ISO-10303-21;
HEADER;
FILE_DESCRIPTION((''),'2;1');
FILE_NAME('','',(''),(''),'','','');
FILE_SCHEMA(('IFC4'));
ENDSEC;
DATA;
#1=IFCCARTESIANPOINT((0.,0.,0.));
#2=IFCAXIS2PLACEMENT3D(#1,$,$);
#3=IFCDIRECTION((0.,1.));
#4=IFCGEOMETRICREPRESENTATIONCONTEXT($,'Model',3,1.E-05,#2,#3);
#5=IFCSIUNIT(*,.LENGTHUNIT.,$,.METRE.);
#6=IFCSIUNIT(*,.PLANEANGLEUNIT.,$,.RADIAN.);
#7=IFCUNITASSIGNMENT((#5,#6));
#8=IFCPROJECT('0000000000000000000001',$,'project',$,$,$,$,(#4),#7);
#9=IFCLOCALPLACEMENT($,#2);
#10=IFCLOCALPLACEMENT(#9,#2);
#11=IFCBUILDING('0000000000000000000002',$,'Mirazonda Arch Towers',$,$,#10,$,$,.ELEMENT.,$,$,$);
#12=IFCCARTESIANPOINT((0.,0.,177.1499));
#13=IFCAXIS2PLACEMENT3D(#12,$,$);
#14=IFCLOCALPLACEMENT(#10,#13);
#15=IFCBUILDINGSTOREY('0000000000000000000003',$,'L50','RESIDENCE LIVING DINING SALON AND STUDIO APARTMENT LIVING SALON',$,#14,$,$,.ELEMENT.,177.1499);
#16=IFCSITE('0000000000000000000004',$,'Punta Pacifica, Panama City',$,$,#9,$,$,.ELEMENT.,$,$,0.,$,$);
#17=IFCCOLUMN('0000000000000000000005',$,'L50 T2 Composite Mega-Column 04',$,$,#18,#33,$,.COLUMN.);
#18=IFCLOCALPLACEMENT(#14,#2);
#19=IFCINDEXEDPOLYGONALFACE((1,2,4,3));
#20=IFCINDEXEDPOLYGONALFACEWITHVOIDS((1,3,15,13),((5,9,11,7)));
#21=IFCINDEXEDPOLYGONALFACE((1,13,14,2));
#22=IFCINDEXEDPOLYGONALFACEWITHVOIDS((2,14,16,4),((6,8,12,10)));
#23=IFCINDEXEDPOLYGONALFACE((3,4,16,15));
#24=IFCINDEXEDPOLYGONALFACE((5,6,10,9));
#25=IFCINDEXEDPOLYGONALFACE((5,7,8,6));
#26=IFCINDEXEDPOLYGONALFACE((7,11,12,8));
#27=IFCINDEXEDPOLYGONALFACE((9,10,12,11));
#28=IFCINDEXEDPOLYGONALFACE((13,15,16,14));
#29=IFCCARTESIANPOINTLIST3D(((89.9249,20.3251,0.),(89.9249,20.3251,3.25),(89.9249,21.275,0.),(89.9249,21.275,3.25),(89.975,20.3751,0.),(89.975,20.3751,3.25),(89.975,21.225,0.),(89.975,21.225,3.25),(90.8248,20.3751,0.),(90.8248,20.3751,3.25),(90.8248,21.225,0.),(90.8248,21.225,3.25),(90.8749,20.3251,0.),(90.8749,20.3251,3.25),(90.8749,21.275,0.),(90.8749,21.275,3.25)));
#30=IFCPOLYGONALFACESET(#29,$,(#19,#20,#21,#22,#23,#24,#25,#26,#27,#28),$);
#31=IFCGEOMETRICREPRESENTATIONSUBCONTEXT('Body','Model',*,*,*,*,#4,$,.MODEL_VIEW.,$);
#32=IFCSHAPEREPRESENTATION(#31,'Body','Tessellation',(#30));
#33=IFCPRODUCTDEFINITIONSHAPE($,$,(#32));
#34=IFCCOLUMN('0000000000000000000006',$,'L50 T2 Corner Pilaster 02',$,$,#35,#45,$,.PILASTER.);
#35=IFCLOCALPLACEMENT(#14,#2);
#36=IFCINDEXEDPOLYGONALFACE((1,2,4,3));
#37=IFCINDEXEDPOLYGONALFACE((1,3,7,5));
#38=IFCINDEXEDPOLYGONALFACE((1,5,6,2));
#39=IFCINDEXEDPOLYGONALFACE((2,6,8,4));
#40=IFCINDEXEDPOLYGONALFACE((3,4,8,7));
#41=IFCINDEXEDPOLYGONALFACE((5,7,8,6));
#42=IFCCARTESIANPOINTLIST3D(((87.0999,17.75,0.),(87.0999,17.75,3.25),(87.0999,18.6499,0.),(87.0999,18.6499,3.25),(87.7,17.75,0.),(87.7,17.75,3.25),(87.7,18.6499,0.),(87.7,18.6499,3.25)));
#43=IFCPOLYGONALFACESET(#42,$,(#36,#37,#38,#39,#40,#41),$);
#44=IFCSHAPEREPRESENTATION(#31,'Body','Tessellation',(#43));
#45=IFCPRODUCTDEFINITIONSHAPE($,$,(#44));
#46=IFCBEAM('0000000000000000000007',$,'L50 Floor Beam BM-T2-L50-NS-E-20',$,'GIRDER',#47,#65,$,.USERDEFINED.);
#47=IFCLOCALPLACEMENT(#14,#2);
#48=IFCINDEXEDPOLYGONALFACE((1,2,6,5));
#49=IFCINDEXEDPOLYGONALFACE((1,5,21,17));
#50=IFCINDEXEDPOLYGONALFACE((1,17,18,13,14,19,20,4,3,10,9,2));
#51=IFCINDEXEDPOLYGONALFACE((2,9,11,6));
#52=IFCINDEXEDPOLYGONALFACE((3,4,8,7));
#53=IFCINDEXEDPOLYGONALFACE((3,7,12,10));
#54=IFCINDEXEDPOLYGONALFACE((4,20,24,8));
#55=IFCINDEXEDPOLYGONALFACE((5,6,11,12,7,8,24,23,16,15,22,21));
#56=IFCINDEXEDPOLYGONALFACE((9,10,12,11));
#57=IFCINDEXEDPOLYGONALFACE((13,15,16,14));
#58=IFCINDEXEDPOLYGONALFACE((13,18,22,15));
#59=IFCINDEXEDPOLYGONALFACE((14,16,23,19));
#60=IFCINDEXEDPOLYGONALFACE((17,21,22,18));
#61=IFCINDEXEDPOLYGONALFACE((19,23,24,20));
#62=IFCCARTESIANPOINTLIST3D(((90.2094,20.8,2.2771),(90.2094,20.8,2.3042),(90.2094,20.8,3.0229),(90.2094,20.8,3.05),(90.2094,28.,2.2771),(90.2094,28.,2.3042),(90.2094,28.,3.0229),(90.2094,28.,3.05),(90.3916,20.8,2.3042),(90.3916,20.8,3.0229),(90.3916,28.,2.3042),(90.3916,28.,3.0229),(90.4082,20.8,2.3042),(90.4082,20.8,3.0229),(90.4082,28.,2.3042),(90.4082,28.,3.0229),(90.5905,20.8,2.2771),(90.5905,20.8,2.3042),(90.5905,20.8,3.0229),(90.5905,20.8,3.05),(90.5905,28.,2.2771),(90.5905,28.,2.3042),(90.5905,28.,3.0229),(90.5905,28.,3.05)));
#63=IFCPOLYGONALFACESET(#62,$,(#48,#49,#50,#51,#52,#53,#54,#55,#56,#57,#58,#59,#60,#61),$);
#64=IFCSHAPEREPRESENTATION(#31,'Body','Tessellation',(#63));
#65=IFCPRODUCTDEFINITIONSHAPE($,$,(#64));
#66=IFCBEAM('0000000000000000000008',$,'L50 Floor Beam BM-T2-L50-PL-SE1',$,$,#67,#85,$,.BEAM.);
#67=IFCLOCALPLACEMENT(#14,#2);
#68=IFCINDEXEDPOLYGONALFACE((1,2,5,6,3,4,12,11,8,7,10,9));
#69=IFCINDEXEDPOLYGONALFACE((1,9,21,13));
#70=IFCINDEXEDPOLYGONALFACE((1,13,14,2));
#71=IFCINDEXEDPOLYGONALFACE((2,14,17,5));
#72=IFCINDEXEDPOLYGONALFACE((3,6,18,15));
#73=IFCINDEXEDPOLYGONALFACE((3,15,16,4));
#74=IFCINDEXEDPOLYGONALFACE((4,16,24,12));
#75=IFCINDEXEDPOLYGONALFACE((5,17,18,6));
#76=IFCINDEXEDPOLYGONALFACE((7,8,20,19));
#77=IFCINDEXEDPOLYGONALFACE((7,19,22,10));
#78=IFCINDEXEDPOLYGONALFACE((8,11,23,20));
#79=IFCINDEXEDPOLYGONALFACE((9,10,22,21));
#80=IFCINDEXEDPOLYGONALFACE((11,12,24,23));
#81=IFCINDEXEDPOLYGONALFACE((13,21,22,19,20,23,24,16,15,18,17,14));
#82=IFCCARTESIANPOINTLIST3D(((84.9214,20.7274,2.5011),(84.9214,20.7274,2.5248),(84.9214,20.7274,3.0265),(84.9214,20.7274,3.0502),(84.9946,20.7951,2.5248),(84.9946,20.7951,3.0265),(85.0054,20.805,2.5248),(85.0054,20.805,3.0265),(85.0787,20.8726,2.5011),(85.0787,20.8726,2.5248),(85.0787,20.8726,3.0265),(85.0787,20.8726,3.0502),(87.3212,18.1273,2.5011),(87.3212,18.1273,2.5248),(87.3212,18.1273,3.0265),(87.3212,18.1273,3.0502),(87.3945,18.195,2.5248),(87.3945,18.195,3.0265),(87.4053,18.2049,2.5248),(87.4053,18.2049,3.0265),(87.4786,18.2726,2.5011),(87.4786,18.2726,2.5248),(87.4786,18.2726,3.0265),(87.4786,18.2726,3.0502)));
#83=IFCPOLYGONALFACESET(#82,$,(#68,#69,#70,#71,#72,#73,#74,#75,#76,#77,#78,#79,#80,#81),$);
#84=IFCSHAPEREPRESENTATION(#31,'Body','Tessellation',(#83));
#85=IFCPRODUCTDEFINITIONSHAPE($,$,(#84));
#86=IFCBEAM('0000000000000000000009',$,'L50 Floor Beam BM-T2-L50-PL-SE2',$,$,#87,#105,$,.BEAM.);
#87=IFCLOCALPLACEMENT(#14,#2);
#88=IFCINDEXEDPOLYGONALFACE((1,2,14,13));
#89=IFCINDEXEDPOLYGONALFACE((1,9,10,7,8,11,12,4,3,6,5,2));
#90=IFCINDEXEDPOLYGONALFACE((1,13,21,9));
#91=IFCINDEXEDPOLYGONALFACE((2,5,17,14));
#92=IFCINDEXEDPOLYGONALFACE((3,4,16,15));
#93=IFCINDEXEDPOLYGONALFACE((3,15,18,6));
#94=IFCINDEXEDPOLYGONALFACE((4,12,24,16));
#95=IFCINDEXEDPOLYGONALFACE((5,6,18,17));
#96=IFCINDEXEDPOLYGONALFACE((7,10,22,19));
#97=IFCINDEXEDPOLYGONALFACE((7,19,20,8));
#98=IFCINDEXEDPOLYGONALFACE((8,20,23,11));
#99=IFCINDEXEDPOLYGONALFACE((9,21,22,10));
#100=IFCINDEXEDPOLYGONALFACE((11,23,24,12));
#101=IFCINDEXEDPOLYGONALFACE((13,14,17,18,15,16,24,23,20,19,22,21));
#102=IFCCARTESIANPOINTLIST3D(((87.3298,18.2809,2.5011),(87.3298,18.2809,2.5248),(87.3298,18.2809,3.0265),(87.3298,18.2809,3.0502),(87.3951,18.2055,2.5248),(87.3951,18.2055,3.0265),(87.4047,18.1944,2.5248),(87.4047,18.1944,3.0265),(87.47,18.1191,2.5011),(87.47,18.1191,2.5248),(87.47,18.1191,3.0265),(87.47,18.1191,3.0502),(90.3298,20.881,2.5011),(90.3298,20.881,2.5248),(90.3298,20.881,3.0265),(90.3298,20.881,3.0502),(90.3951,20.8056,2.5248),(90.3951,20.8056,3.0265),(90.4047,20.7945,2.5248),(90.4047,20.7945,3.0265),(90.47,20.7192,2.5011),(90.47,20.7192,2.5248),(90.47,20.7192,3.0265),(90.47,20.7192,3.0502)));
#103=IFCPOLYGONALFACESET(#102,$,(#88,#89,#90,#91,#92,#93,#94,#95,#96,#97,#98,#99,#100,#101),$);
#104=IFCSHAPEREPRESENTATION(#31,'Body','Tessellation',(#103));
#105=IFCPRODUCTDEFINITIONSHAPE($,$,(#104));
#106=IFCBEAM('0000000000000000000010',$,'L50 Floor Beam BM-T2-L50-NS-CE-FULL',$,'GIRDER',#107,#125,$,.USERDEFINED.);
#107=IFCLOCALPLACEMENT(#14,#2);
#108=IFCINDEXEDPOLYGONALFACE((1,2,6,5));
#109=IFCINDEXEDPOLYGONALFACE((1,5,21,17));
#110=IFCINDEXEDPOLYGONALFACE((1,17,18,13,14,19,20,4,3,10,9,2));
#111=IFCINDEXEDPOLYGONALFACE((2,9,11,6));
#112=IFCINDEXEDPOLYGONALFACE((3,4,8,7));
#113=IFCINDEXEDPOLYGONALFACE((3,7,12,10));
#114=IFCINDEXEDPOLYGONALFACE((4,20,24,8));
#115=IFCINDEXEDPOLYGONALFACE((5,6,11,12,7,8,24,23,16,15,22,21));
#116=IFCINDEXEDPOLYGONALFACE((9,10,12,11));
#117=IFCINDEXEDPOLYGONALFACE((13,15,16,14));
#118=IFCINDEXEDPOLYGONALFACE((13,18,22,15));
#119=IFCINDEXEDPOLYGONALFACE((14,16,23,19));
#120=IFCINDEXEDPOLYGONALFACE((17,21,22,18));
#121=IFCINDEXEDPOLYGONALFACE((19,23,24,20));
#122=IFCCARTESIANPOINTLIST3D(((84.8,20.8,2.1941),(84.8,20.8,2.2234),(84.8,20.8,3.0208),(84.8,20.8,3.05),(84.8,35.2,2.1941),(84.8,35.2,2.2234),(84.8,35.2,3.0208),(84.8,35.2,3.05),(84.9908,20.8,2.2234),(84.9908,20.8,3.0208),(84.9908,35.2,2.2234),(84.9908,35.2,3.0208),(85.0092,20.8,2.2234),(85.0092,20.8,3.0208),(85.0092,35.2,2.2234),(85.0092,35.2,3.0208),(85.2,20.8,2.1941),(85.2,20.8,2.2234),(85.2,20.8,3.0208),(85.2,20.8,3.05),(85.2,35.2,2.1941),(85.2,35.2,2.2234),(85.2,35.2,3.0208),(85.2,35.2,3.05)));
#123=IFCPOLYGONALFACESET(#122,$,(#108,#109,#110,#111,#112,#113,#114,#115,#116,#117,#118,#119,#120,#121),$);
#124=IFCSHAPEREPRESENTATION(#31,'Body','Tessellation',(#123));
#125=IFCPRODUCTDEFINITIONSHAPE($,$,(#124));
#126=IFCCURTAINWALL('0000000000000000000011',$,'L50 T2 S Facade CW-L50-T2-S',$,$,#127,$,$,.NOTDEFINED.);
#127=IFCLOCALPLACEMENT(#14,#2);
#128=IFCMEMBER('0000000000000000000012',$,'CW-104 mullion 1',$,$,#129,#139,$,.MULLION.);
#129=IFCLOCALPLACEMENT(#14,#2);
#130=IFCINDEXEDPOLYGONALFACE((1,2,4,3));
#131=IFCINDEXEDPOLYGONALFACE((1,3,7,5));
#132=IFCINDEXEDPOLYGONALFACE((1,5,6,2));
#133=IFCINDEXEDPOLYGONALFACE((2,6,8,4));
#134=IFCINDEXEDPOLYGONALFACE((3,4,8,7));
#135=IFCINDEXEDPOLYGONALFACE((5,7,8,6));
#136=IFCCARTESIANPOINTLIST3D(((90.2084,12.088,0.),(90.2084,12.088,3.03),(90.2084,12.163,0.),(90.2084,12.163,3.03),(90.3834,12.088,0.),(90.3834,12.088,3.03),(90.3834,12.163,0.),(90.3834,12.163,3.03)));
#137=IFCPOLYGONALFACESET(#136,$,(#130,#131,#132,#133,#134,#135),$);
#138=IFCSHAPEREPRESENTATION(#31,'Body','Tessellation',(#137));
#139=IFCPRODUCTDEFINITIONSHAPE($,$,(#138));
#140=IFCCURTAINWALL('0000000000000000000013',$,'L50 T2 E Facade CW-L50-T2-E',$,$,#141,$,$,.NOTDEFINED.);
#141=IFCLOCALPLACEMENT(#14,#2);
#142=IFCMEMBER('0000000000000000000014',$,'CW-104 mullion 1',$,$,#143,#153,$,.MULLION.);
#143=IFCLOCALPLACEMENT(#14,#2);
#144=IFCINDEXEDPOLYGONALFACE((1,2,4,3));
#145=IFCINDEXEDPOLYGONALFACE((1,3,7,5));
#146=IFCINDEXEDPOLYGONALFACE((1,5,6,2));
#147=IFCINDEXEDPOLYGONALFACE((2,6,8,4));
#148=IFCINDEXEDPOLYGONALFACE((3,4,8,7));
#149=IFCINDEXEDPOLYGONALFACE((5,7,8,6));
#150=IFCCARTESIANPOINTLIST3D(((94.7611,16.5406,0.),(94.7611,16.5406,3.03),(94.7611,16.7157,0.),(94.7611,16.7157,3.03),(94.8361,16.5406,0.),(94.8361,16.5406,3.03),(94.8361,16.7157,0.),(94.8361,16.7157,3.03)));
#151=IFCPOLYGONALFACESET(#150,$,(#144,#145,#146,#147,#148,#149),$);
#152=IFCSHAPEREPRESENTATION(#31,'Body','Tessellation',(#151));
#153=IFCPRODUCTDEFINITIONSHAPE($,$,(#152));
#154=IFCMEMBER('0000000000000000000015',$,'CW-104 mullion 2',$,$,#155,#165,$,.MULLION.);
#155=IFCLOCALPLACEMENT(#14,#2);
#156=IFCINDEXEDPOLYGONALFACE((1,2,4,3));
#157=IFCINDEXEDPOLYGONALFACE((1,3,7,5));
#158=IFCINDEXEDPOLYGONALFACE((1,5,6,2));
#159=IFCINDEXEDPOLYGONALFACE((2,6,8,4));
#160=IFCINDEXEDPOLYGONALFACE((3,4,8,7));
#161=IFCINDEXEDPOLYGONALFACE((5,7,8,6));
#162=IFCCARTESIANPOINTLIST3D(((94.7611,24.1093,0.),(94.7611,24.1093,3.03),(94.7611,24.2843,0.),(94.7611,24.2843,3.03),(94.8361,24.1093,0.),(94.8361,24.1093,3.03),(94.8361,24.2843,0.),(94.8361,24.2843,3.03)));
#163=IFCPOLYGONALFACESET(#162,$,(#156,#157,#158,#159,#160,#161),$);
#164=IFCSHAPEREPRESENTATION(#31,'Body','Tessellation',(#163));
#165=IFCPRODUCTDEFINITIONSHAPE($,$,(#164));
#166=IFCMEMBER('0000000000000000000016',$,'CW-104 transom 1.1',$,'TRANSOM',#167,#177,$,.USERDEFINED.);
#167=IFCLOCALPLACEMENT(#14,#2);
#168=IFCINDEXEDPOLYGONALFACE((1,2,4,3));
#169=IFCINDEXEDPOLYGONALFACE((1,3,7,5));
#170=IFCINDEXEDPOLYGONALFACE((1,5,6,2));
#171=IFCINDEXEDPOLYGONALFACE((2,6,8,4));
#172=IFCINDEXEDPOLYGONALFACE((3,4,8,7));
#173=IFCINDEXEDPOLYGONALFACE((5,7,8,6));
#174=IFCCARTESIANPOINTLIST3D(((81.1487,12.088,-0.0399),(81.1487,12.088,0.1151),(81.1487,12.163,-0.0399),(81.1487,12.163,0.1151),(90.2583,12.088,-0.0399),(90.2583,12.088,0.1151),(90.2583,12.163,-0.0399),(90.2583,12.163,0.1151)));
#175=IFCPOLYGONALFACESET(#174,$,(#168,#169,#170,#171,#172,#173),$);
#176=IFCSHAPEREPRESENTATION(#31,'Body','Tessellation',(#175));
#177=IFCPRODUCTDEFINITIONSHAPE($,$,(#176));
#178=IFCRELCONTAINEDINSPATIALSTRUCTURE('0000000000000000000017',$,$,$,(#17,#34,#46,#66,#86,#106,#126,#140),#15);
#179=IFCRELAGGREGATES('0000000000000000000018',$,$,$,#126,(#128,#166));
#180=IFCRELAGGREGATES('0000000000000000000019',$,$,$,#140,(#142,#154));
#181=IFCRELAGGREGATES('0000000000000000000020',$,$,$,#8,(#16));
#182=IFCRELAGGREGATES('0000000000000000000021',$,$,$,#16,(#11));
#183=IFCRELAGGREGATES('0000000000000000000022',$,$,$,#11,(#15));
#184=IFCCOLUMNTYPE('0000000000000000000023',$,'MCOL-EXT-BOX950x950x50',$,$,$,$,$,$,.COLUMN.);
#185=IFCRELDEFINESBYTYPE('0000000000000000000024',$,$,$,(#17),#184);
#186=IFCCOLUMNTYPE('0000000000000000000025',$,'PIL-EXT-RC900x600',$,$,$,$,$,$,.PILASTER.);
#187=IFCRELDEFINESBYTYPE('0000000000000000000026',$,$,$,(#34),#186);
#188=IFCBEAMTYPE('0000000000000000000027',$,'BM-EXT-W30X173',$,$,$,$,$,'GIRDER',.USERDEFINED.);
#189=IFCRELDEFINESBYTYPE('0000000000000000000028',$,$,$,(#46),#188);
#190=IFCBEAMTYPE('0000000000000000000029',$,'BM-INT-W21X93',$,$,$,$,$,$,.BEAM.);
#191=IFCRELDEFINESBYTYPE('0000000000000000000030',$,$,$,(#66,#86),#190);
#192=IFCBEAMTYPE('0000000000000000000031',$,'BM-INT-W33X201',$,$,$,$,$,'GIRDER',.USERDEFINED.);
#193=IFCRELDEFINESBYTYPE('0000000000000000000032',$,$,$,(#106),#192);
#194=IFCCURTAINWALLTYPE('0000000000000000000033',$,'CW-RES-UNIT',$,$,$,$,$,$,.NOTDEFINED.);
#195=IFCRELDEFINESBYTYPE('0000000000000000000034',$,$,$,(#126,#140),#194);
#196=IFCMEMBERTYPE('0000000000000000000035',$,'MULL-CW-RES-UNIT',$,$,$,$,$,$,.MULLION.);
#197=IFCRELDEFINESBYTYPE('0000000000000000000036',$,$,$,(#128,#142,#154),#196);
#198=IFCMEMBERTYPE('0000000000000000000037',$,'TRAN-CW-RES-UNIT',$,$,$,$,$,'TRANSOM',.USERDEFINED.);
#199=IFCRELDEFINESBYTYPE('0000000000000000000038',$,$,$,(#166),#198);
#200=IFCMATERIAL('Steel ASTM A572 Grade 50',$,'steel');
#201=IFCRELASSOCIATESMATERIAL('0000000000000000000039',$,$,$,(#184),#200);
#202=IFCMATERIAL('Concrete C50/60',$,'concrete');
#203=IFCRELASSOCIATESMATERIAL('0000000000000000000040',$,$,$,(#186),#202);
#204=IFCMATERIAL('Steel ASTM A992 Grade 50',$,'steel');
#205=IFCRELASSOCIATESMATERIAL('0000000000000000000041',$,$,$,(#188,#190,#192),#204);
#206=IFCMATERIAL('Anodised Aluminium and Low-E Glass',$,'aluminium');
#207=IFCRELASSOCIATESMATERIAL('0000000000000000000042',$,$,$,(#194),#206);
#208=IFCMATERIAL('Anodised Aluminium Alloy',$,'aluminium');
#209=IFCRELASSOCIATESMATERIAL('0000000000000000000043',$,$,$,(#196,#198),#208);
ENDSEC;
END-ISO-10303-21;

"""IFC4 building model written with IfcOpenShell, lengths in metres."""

from ifc_helpers import new_model, si_unit, direction, frame, origin, origin_2d, place, context, subcontext, project, spatial, rectangle, hollow_rectangle, i_section, extrude, material, material_profile, profile_set, type_object, element, aggregate, save


model = new_model("IFC4")

# Units and contexts
model_context = context("Model", 3, precision=1e-05, world=origin(), true_north=direction((0.0, 1.0)))
body_context = subcontext(model_context, "Body", "Model", "MODEL_VIEW")
ifc_project = project(units=[si_unit("LENGTHUNIT", "METRE"), si_unit("PLANEANGLEUNIT", "RADIAN")], contexts=[model_context])

# Site, building, storey
site_placement = place(None, origin())
site = spatial("IfcSite", under=ifc_project, at=site_placement, Name="Punta Pacifica, Panama City", CompositionType="ELEMENT", RefElevation=0.0)
building_placement = place(site_placement, origin())
building = spatial("IfcBuilding", under=site, at=building_placement, Name="Mirazonda Arch Towers", CompositionType="ELEMENT")
storey_placement = place(building_placement, frame((0.0, 0.0, 177.1499)))
storey = spatial("IfcBuildingStorey", under=building, at=storey_placement, Name="L50", Description="RESIDENCE LIVING DINING SALON AND STUDIO APARTMENT LIVING SALON", CompositionType="ELEMENT", Elevation=177.1499)

# Columns
ifc_material_1 = material(Name="Steel ASTM A572 Grade 50", Category="steel")
ifc_material_profile_1 = material_profile(ifc_material_1, hollow_rectangle(XDim=0.95, YDim=0.95, WallThickness=0.05, at=origin_2d()), Name="BOX950x950x50")
ifc_profile_set_1 = profile_set([ifc_material_profile_1], Name="Steel ASTM A572 Grade 50")
column_type_1 = type_object("IfcColumnType", Name="MCOL-EXT-BOX950x950x50", PredefinedType="COLUMN", material=ifc_profile_set_1)
column_1_placement = place(storey_placement, frame((90.3999, 20.8, 0.0), z_axis=(0.0, 0.0, 1.0), x_axis=(1.0, 0.0, 0.0)))
element("IfcColumn", 1, at=column_1_placement, inside=storey, type_object=column_type_1, Name="L50 T2 Composite Mega-Column 04", PredefinedType="COLUMN", context=body_context, shape_type="SweptSolid", body=[
    extrude(hollow_rectangle(XDim=0.95, YDim=0.95, WallThickness=0.05, at=origin_2d()), origin(), (0.0, 0.0, 1.0), 3.25),
])
ifc_material_2 = material(Name="Concrete C50/60", Category="concrete")
ifc_material_profile_2 = material_profile(ifc_material_2, rectangle(XDim=0.6001, YDim=0.8999, at=origin_2d()), Name="RC900x600")
ifc_profile_set_2 = profile_set([ifc_material_profile_2], Name="Concrete C50/60")
column_type_2 = type_object("IfcColumnType", Name="PIL-EXT-RC900x600", PredefinedType="PILASTER", material=ifc_profile_set_2)
column_2_placement = place(storey_placement, frame((87.3999, 18.2, 0.0), z_axis=(0.0, 0.0, 1.0), x_axis=(1.0, 0.0, 0.0)))
element("IfcColumn", 2, at=column_2_placement, inside=storey, type_object=column_type_2, Name="L50 T2 Corner Pilaster 02", PredefinedType="PILASTER", context=body_context, shape_type="SweptSolid", body=[
    extrude(rectangle(XDim=0.6001, YDim=0.8999, at=origin_2d()), origin(), (0.0, 0.0, 1.0), 3.25),
])

# Beams
ifc_material_3 = material(Name="Steel ASTM A992 Grade 50", Category="steel")
ifc_material_profile_3 = material_profile(ifc_material_3, i_section(OverallWidth=0.3811, OverallDepth=0.7729, WebThickness=0.0166, FlangeThickness=0.0271, at=origin_2d()), Name="W30X173")
ifc_profile_set_3 = profile_set([ifc_material_profile_3], Name="Steel ASTM A992 Grade 50")
beam_type_1 = type_object("IfcBeamType", Name="BM-EXT-W30X173", ElementType="GIRDER", PredefinedType="USERDEFINED", material=ifc_profile_set_3)
beam_1_placement = place(storey_placement, frame((90.3999, 20.8, 2.6636), z_axis=(0.0, 1.0, 0.0), x_axis=(-1.0, 0.0, 0.0)))
element("IfcBeam", 3, at=beam_1_placement, inside=storey, type_object=beam_type_1, Name="L50 Floor Beam BM-T2-L50-NS-E-20", ObjectType="GIRDER", PredefinedType="USERDEFINED", context=body_context, shape_type="SweptSolid", body=[
    extrude(i_section(OverallWidth=0.3811, OverallDepth=0.7729, WebThickness=0.0166, FlangeThickness=0.0271, at=origin_2d()), origin(), (0.0, 0.0, 1.0), 7.2),
])
ifc_material_profile_4 = material_profile(ifc_material_3, i_section(OverallWidth=0.2141, OverallDepth=0.5491, WebThickness=0.0146, FlangeThickness=0.0237, at=origin_2d()), Name="W21X93")
ifc_profile_set_4 = profile_set([ifc_material_profile_4], Name="Steel ASTM A992 Grade 50")
beam_type_2 = type_object("IfcBeamType", Name="BM-INT-W21X93", PredefinedType="BEAM", material=ifc_profile_set_4)
beam_2_placement = place(storey_placement, frame((87.3999, 18.2, 2.7756), z_axis=(-0.678251, 0.73483, 0.0), x_axis=(-0.73483, -0.678251, 0.0)))
element("IfcBeam", 4, at=beam_2_placement, inside=storey, type_object=beam_type_2, Name="L50 Floor Beam BM-T2-L50-PL-SE1", PredefinedType="BEAM", context=body_context, shape_type="SweptSolid", body=[
    extrude(i_section(OverallWidth=0.2141, OverallDepth=0.5491, WebThickness=0.0146, FlangeThickness=0.0237, at=origin_2d()), origin(), (0.0, 0.0, 1.0), 3.5383),
])
beam_3_placement = place(storey_placement, frame((87.3999, 18.2, 2.7756), z_axis=(0.755677, 0.654945, 0.0), x_axis=(-0.654945, 0.755677, 0.0)))
element("IfcBeam", 5, at=beam_3_placement, inside=storey, type_object=beam_type_2, Name="L50 Floor Beam BM-T2-L50-PL-SE2", PredefinedType="BEAM", context=body_context, shape_type="SweptSolid", body=[
    extrude(i_section(OverallWidth=0.2141, OverallDepth=0.5491, WebThickness=0.0146, FlangeThickness=0.0237, at=origin_2d()), origin(), (0.0, 0.0, 1.0), 3.97),
])
ifc_material_profile_5 = material_profile(ifc_material_3, i_section(OverallWidth=0.3999, OverallDepth=0.856, WebThickness=0.0183, FlangeThickness=0.0293, at=origin_2d()), Name="W33X201")
ifc_profile_set_5 = profile_set([ifc_material_profile_5], Name="Steel ASTM A992 Grade 50")
beam_type_3 = type_object("IfcBeamType", Name="BM-INT-W33X201", ElementType="GIRDER", PredefinedType="USERDEFINED", material=ifc_profile_set_5)
beam_4_placement = place(storey_placement, frame((85.0, 20.8, 2.6221), z_axis=(0.0, 1.0, 0.0), x_axis=(-1.0, 0.0, 0.0)))
element("IfcBeam", 6, at=beam_4_placement, inside=storey, type_object=beam_type_3, Name="L50 Floor Beam BM-T2-L50-NS-CE-FULL", ObjectType="GIRDER", PredefinedType="USERDEFINED", context=body_context, shape_type="SweptSolid", body=[
    extrude(i_section(OverallWidth=0.3999, OverallDepth=0.856, WebThickness=0.0183, FlangeThickness=0.0293, at=origin_2d()), origin(), (0.0, 0.0, 1.0), 14.3999),
])

# Curtain wall, member
ifc_material_4 = material(Name="Anodised Aluminium and Low-E Glass", Category="aluminium")
curtain_wall_type = type_object("IfcCurtainWallType", Name="CW-RES-UNIT", PredefinedType="NOTDEFINED", material=ifc_material_4)
curtain_wall_1_placement = place(storey_placement, origin())
curtain_wall_1 = element("IfcCurtainWall", 7, at=curtain_wall_1_placement, inside=storey, type_object=curtain_wall_type, Name="L50 T2 S Facade CW-L50-T2-S", PredefinedType="NOTDEFINED")
ifc_material_5 = material(Name="Anodised Aluminium Alloy", Category="aluminium")
ifc_material_profile_6 = material_profile(ifc_material_5, rectangle(XDim=0.075, YDim=0.175, at=origin_2d()), Name="ALU-MULL-75x175")
ifc_profile_set_6 = profile_set([ifc_material_profile_6], Name="Anodised Aluminium Alloy")
member_type_1 = type_object("IfcMemberType", Name="MULL-CW-RES-UNIT", PredefinedType="MULLION", material=ifc_profile_set_6)
member_1_placement = place(storey_placement, frame((90.2959, 12.1255, 0.0), z_axis=(0.0, 0.0, 1.0), x_axis=(0.0, -1.0, 0.0)))
member_1 = element("IfcMember", 8, at=member_1_placement, type_object=member_type_1, Name="CW-104 mullion 1", PredefinedType="MULLION", context=body_context, shape_type="SweptSolid", body=[
    extrude(rectangle(XDim=0.075, YDim=0.175, at=origin_2d()), origin(), (0.0, 0.0, 1.0), 3.03),
])

# Curtain wall, members
curtain_wall_2_placement = place(storey_placement, origin())
curtain_wall_2 = element("IfcCurtainWall", 9, at=curtain_wall_2_placement, inside=storey, type_object=curtain_wall_type, Name="L50 T2 E Facade CW-L50-T2-E", PredefinedType="NOTDEFINED")
member_2_placement = place(storey_placement, frame((94.7986, 16.6282, 0.0), z_axis=(0.0, 0.0, 1.0), x_axis=(-1.0, 0.0, 0.0)))
member_2 = element("IfcMember", 10, at=member_2_placement, type_object=member_type_1, Name="CW-104 mullion 1", PredefinedType="MULLION", context=body_context, shape_type="SweptSolid", body=[
    extrude(rectangle(XDim=0.075, YDim=0.175, at=origin_2d()), origin(), (0.0, 0.0, 1.0), 3.03),
])
member_3_placement = place(storey_placement, frame((94.7986, 24.1968, 0.0), z_axis=(0.0, 0.0, 1.0), x_axis=(-1.0, 0.0, 0.0)))
member_3 = element("IfcMember", 11, at=member_3_placement, type_object=member_type_1, Name="CW-104 mullion 2", PredefinedType="MULLION", context=body_context, shape_type="SweptSolid", body=[
    extrude(rectangle(XDim=0.075, YDim=0.175, at=origin_2d()), origin(), (0.0, 0.0, 1.0), 3.03),
])

# Member
ifc_material_profile_7 = material_profile(ifc_material_5, rectangle(XDim=0.075, YDim=0.155, at=origin_2d()), Name="ALU-TRAN-75x155")
ifc_profile_set_7 = profile_set([ifc_material_profile_7], Name="Anodised Aluminium Alloy")
member_type_2 = type_object("IfcMemberType", Name="TRAN-CW-RES-UNIT", ElementType="TRANSOM", PredefinedType="USERDEFINED", material=ifc_profile_set_7)
member_4_placement = place(storey_placement, frame((90.2583, 12.1255, 0.0376), z_axis=(-1.0, 0.0, 0.0), x_axis=(0.0, -1.0, 0.0)))
member_4 = element("IfcMember", 12, at=member_4_placement, type_object=member_type_2, Name="CW-104 transom 1.1", ObjectType="TRANSOM", PredefinedType="USERDEFINED", context=body_context, shape_type="SweptSolid", body=[
    extrude(rectangle(XDim=0.075, YDim=0.155, at=origin_2d()), origin(), (0.0, 0.0, 1.0), 9.1096),
])

aggregate(curtain_wall_1, [member_1, member_4])
aggregate(curtain_wall_2, [member_2, member_3])

save(model, "model.ifc")
